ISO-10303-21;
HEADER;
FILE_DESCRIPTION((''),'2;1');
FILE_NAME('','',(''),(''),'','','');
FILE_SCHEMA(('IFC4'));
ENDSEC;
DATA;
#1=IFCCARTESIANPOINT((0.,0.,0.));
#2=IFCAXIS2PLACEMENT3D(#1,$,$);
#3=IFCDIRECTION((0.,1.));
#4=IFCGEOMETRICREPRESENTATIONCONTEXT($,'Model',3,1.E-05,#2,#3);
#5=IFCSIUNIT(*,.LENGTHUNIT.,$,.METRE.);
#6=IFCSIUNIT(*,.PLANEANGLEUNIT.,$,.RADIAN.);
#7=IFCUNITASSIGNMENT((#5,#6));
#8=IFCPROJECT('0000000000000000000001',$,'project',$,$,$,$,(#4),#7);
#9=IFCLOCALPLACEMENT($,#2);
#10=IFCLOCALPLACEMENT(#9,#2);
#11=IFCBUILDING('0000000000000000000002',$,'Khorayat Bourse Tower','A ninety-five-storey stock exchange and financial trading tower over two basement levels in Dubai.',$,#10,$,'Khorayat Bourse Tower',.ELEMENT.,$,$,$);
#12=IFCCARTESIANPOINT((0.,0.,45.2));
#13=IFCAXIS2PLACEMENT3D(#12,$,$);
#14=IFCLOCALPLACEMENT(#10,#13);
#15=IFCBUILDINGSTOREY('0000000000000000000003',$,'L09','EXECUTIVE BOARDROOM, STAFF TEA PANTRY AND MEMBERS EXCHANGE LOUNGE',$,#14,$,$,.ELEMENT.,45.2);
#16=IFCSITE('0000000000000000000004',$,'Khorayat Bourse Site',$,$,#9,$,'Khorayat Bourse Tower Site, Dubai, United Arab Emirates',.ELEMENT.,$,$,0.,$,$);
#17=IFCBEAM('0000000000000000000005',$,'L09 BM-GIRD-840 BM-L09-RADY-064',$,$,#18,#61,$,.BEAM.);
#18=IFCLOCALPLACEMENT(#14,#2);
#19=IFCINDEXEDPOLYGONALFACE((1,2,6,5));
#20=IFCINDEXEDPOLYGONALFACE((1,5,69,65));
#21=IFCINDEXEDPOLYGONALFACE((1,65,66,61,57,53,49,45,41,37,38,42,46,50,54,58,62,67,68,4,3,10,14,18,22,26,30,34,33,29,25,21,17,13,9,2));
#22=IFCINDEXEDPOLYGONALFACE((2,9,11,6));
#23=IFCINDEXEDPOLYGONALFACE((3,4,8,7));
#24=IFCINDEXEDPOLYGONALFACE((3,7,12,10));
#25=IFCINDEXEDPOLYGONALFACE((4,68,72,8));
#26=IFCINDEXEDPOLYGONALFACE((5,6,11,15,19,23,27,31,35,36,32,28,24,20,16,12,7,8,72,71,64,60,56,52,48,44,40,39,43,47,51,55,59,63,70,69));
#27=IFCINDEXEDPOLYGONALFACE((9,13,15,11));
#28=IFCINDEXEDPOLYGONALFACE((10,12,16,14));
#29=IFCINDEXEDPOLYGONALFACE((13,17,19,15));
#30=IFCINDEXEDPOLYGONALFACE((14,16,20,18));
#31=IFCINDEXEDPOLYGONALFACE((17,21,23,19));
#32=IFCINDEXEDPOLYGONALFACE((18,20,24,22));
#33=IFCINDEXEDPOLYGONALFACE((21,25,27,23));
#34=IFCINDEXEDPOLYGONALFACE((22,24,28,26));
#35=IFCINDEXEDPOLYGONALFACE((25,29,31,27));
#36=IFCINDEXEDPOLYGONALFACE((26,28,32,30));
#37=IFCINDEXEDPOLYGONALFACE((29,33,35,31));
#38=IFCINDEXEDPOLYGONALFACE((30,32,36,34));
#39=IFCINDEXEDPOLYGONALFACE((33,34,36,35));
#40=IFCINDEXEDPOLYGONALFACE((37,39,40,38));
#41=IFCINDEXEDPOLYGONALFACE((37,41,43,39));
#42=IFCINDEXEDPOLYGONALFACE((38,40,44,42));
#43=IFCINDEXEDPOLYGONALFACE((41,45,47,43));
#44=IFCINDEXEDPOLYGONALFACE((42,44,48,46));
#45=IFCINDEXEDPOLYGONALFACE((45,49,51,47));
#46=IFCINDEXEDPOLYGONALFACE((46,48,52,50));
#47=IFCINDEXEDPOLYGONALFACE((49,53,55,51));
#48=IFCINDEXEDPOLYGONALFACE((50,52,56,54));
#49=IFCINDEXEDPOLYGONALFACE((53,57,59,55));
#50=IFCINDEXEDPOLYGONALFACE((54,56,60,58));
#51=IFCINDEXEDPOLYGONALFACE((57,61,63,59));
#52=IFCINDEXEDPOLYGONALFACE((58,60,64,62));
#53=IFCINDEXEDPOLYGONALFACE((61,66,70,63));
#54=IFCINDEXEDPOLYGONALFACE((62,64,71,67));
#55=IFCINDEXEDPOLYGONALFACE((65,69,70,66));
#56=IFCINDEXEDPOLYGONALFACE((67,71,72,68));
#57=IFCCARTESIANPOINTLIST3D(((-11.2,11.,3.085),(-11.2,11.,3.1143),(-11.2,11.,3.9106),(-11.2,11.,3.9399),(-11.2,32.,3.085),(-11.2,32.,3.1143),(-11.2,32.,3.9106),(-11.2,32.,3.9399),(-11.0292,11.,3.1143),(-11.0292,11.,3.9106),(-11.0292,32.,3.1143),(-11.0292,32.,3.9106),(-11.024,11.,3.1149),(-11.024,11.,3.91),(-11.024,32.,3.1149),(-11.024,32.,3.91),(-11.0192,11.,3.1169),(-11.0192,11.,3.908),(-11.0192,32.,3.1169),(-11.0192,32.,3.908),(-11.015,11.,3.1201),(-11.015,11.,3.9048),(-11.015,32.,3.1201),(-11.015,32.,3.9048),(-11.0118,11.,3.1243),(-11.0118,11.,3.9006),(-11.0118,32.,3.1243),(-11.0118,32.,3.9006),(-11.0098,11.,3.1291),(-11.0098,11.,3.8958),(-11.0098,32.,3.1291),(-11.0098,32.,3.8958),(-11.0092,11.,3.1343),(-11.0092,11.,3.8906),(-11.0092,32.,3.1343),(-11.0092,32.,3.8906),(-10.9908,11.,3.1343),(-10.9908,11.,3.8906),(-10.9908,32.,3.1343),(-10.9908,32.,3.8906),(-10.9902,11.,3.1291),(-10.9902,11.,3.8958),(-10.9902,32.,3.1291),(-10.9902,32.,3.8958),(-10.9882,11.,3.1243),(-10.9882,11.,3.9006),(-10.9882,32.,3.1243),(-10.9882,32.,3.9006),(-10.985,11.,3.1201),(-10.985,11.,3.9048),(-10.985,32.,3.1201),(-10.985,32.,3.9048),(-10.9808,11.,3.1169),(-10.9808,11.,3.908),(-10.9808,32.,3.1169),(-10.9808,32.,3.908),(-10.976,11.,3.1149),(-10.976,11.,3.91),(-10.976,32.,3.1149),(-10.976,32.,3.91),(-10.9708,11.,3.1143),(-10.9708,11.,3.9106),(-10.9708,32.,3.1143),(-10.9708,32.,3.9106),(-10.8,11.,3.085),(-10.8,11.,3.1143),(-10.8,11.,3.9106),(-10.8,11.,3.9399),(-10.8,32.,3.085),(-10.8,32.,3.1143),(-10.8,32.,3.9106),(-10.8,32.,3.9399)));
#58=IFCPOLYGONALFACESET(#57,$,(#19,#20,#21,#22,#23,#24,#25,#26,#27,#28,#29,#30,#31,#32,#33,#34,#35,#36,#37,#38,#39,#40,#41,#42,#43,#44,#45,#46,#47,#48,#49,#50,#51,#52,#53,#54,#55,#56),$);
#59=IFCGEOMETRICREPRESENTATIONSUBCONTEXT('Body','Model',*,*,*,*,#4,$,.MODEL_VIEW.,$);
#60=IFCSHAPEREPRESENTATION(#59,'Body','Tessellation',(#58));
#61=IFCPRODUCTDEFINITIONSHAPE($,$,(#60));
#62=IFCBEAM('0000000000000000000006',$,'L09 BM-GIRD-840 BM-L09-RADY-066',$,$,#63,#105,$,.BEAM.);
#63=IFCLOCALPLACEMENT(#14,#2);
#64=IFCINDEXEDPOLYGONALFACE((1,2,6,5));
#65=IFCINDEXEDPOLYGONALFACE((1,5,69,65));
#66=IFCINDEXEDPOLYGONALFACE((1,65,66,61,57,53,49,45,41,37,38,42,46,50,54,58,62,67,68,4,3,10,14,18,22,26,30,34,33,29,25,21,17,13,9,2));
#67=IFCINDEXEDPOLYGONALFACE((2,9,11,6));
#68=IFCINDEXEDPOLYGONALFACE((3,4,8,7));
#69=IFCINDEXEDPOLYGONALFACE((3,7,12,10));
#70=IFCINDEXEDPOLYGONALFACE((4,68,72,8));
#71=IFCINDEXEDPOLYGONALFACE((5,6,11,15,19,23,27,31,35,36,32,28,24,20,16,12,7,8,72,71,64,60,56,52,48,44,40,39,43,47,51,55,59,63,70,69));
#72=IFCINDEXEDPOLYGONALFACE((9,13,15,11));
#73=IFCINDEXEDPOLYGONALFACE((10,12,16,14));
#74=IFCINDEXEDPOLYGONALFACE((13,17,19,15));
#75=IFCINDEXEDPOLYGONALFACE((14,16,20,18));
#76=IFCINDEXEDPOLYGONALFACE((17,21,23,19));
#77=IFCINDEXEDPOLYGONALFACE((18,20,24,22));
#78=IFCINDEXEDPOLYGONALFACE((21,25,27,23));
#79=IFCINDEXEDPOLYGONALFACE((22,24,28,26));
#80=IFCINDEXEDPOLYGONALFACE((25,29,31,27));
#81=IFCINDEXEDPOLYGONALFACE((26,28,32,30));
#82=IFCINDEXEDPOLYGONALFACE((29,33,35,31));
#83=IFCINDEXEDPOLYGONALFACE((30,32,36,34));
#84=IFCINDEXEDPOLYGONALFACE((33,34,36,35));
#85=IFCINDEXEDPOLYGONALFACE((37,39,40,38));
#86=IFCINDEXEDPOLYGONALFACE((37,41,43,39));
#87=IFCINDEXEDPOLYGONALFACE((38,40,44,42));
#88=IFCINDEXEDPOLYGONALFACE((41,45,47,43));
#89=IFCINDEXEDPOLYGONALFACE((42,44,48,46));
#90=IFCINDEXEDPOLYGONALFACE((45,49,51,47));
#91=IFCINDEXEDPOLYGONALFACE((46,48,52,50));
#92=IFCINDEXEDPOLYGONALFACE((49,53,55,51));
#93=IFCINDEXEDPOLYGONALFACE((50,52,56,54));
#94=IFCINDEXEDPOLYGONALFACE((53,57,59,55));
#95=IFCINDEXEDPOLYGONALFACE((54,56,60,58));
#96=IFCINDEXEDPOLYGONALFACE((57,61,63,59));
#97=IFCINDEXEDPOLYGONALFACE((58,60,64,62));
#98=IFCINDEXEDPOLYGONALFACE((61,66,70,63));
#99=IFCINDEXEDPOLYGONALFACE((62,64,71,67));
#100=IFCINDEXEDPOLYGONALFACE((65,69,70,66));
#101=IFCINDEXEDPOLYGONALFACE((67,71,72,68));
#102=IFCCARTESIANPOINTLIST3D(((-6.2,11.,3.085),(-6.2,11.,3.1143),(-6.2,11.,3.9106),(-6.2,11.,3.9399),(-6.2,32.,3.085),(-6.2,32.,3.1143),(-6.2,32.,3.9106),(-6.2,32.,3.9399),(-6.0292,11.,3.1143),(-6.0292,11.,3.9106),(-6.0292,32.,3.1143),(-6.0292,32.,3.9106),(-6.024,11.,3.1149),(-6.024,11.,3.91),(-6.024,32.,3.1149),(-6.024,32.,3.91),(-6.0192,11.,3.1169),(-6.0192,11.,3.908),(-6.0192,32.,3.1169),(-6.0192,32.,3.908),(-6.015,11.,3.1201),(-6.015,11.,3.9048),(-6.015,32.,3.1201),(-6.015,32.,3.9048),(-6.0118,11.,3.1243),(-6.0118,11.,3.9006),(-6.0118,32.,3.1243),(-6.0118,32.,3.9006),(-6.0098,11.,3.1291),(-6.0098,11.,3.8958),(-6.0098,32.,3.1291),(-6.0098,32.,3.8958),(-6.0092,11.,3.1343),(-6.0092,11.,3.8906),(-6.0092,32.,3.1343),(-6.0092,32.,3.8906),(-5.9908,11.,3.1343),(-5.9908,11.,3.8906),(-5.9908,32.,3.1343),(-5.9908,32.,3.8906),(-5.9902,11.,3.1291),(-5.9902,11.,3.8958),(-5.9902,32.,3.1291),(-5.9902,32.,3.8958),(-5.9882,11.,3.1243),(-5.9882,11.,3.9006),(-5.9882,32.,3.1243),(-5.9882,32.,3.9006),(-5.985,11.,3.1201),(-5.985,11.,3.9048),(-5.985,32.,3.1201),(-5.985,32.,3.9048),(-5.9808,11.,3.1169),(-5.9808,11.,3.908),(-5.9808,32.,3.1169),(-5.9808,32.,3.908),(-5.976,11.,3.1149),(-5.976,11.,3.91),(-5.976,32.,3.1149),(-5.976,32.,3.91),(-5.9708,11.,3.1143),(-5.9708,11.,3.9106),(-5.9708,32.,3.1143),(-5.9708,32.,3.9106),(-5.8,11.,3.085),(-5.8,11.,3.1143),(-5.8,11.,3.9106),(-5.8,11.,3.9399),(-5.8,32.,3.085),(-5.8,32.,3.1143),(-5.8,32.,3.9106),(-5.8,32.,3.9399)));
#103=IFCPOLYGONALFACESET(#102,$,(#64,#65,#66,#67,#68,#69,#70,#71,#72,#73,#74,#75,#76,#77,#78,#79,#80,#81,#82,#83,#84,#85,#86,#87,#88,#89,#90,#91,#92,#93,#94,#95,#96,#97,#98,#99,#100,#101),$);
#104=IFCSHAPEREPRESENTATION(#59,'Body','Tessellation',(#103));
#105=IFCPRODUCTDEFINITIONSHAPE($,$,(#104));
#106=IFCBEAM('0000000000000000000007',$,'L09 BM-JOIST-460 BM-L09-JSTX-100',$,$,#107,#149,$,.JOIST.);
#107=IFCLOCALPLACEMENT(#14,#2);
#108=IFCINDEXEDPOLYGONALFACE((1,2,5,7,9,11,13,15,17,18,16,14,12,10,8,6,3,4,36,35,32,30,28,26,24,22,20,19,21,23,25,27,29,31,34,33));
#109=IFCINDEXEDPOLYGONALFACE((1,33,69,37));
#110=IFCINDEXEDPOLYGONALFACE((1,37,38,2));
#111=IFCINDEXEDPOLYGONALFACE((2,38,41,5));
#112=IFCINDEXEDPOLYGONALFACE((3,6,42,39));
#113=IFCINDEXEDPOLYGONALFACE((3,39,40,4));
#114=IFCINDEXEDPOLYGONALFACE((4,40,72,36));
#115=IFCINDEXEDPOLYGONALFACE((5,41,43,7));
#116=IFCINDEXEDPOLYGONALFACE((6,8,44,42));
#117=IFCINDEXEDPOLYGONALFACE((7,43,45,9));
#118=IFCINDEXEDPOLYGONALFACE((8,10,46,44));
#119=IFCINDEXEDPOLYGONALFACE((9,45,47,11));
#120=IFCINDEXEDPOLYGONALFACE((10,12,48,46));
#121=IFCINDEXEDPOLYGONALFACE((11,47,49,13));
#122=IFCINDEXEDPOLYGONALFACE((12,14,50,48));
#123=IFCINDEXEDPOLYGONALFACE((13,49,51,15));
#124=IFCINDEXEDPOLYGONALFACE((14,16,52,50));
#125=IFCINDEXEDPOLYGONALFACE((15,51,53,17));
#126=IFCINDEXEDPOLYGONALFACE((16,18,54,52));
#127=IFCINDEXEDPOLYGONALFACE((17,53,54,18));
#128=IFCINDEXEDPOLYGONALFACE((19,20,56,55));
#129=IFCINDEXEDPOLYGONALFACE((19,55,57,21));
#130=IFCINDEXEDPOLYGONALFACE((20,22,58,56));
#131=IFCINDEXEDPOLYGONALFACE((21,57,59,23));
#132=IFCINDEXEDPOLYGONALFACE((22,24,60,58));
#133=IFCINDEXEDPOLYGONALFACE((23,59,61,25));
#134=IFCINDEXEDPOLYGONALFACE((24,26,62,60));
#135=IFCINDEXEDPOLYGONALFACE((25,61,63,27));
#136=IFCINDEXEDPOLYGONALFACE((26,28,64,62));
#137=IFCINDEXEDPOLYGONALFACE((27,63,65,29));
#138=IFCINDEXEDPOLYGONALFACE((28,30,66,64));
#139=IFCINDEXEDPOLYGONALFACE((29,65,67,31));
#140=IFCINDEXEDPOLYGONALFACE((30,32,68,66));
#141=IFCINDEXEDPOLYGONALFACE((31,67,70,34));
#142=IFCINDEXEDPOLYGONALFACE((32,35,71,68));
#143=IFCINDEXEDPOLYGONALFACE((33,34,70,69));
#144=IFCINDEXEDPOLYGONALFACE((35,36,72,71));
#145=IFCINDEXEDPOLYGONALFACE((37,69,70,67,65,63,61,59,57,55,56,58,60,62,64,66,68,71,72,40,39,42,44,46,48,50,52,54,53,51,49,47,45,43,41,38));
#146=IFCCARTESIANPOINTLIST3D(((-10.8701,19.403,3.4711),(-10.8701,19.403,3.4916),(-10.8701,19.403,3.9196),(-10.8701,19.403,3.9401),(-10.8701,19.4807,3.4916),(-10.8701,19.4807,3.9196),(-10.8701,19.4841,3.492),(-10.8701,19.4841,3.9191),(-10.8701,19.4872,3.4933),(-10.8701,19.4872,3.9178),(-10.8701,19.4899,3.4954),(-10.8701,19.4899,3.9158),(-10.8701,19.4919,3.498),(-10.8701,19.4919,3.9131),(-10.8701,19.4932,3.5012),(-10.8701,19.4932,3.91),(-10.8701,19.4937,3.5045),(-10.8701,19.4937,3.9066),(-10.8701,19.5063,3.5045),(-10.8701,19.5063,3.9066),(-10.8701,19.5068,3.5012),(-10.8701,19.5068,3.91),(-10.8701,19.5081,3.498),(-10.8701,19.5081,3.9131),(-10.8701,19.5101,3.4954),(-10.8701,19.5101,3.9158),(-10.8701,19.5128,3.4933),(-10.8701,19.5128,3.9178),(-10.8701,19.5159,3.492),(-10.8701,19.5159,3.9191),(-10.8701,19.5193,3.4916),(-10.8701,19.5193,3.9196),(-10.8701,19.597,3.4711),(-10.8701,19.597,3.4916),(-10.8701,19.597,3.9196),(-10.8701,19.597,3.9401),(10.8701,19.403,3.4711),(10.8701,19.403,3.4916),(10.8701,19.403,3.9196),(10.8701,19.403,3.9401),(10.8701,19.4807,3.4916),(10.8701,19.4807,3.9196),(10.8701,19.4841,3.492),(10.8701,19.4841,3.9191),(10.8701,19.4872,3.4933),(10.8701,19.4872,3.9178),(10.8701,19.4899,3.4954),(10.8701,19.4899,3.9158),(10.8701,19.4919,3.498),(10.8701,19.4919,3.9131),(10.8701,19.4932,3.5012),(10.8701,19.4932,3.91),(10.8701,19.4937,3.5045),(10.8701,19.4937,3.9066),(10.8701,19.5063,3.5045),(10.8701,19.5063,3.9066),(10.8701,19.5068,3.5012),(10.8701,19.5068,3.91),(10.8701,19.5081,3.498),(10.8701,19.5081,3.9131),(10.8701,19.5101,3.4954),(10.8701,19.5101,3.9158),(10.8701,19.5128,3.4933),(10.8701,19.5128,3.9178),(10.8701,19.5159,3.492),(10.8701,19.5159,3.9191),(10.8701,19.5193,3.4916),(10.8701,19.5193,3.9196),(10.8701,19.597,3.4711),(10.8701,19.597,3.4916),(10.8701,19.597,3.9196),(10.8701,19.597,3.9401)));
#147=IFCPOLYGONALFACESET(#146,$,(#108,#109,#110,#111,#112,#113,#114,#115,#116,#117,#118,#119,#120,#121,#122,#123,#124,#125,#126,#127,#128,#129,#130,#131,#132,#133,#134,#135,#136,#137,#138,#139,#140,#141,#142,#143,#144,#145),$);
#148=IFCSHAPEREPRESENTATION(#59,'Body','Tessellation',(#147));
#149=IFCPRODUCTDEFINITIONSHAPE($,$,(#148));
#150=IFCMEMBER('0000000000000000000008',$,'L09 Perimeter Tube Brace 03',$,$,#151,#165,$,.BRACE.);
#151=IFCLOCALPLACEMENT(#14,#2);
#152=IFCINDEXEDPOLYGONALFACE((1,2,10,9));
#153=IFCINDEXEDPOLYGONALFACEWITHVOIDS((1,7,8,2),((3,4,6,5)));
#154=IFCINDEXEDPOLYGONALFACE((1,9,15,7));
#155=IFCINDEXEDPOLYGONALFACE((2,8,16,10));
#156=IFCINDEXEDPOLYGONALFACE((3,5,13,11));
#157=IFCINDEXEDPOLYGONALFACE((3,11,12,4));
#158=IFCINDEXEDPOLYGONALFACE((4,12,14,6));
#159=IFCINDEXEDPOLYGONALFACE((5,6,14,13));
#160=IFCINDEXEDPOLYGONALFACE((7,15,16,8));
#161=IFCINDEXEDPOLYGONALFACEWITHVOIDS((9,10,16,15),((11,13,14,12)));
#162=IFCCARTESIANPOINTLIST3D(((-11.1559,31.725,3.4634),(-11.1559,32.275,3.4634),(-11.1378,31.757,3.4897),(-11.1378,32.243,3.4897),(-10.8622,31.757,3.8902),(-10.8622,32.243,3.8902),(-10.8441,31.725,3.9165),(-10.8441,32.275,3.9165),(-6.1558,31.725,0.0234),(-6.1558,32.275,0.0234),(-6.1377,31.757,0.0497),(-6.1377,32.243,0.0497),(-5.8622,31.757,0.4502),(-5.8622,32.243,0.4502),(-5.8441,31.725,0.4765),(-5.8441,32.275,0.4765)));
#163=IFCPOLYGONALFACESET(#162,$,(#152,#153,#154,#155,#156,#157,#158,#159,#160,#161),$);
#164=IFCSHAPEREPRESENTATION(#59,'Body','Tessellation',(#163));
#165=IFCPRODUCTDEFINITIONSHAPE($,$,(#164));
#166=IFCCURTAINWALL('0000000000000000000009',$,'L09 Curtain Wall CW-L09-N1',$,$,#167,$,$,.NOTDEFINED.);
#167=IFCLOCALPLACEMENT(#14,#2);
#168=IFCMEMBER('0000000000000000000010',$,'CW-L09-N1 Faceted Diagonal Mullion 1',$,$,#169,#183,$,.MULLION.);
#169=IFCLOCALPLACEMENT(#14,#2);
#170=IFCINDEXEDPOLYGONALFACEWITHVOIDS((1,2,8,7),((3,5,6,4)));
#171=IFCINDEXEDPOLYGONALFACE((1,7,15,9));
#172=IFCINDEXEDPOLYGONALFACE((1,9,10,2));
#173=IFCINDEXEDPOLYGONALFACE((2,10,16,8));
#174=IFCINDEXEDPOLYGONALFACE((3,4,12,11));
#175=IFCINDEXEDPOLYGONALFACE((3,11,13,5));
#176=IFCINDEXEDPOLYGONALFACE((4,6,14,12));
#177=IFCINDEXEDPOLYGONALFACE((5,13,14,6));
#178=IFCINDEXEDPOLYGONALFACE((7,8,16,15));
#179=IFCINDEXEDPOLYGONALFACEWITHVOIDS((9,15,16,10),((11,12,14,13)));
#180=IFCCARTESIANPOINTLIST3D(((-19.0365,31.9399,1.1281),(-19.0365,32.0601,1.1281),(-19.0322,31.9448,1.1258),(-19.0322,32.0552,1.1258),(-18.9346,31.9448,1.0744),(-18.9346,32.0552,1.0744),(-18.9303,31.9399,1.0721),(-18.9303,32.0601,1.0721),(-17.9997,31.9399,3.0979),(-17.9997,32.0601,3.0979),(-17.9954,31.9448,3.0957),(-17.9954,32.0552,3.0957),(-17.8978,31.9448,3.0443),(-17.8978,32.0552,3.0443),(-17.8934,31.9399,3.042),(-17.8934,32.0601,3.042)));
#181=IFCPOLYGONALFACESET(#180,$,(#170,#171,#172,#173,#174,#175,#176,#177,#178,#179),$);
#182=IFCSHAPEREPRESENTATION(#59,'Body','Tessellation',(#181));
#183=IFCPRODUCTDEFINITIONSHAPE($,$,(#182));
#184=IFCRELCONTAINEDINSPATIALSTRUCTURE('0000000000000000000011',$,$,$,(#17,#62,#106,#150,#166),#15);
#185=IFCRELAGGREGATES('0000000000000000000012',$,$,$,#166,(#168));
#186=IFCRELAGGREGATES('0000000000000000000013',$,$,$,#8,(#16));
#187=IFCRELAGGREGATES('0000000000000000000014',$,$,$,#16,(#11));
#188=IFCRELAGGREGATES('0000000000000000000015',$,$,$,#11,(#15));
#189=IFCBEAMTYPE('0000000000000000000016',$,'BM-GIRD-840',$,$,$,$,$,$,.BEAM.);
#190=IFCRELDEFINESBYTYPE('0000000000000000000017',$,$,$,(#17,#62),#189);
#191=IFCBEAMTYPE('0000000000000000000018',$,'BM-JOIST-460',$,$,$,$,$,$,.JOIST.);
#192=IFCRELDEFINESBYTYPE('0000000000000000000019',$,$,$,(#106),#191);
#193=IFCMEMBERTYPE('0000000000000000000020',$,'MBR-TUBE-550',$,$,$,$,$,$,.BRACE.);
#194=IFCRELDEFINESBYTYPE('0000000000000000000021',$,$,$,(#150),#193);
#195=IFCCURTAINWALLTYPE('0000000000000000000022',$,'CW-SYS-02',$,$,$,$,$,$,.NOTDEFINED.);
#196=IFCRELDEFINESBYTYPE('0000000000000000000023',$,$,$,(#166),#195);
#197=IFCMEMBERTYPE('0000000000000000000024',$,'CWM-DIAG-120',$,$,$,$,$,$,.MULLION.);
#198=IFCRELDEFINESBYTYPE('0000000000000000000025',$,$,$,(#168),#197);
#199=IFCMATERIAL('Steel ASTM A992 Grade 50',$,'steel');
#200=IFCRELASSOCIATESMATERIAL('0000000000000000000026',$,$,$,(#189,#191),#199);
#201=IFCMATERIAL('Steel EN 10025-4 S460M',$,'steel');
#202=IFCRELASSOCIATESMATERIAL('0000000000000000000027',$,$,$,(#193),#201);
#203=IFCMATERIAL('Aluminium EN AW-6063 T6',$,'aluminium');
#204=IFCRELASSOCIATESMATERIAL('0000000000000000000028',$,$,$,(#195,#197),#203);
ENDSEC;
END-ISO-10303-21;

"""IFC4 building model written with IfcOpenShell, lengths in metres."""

from ifc_helpers import new_model, si_unit, direction, frame, origin, origin_2d, place, context, subcontext, project, spatial, hollow_rectangle, i_section, extrude, source, transform, mapped, material, material_profile, profile_set, type_object, element, aggregate, save


model = new_model("IFC4")

# Units and contexts
model_context = context("Model", 3, precision=1e-05, world=origin(), true_north=direction((0.0, 1.0)))
body_context = subcontext(model_context, "Body", "Model", "MODEL_VIEW")
ifc_project = project(units=[si_unit("LENGTHUNIT", "METRE"), si_unit("PLANEANGLEUNIT", "RADIAN")], contexts=[model_context])

# Site, building, storey
site_placement = place(None, origin())
site = spatial("IfcSite", under=ifc_project, at=site_placement, Name="Khorayat Bourse Site", LongName="Khorayat Bourse Tower Site, Dubai, United Arab Emirates", CompositionType="ELEMENT", RefElevation=0.0)
building_placement = place(site_placement, origin())
building = spatial("IfcBuilding", under=site, at=building_placement, Name="Khorayat Bourse Tower", Description="A ninety-five-storey stock exchange and financial trading tower over two basement levels in Dubai.", LongName="Khorayat Bourse Tower", CompositionType="ELEMENT")
storey_placement = place(building_placement, frame((0.0, 0.0, 45.2)))
storey = spatial("IfcBuildingStorey", under=building, at=storey_placement, Name="L09", Description="EXECUTIVE BOARDROOM, STAFF TEA PANTRY AND MEMBERS EXCHANGE LOUNGE", CompositionType="ELEMENT", Elevation=45.2)

# Shared definitions
ifc_material_1 = material(Name="Steel EN 10025-4 S460M", Category="steel")

# Beams
ifc_material_2 = material(Name="Steel ASTM A992 Grade 50", Category="steel")
ifc_material_profile_1 = material_profile(ifc_material_2, i_section(OverallWidth=0.3999, OverallDepth=0.855, WebThickness=0.0183, FlangeThickness=0.0293, FilletRadius=0.02, at=origin_2d()), Name="W840X299")
ifc_profile_set_1 = profile_set([ifc_material_profile_1], Name="Steel ASTM A992 Grade 50")
beam_type_1 = type_object("IfcBeamType", Name="BM-GIRD-840", PredefinedType="BEAM", material=ifc_profile_set_1)
shared_shape_1 = source(origin(), body_context, "Body", "SweptSolid", [
    extrude(i_section(OverallWidth=0.3999, OverallDepth=0.855, WebThickness=0.0183, FlangeThickness=0.0293, FilletRadius=0.02, at=origin_2d()), origin(), (0.0, 0.0, 1.0), 21.0),
])
for number, where, z_axis, x_axis, name in (
    (1, (-11.0, 11.0, 3.5125), (0.0, 1.0, 0.0), (-1.0, 0.0, 0.0), "L09 BM-GIRD-840 BM-L09-RADY-064"),
    (2, (-6.0, 11.0, 3.5125), (0.0, 1.0, 0.0), (-1.0, 0.0, 0.0), "L09 BM-GIRD-840 BM-L09-RADY-066"),
):
    element("IfcBeam", number, at=place(storey_placement, frame(where, z_axis=z_axis, x_axis=x_axis)), inside=storey, type_object=beam_type_1, Name=name, PredefinedType="BEAM", context=body_context, shape_type="MappedRepresentation", body=[
        mapped(shared_shape_1, transform((0.0, 0.0, 0.0), scale=1.0)),
    ])
ifc_material_profile_2 = material_profile(ifc_material_2, i_section(OverallWidth=0.1941, OverallDepth=0.469, WebThickness=0.0127, FlangeThickness=0.0205, FilletRadius=0.0129, at=origin_2d()), Name="W460X106")
ifc_profile_set_2 = profile_set([ifc_material_profile_2], Name="Steel ASTM A992 Grade 50")
beam_type_2 = type_object("IfcBeamType", Name="BM-JOIST-460", PredefinedType="JOIST", material=ifc_profile_set_2)
shared_shape_2 = source(origin(), body_context, "Body", "SweptSolid", [
    extrude(i_section(OverallWidth=0.1941, OverallDepth=0.469, WebThickness=0.0127, FlangeThickness=0.0205, FilletRadius=0.0129, at=origin_2d()), origin(), (0.0, 0.0, 1.0), 21.7402),
])
beam_1_placement = place(storey_placement, frame((-10.8701, 19.5, 3.7056), z_axis=(1.0, 0.0, 0.0), x_axis=(0.0, 1.0, 0.0)))
element("IfcBeam", 3, at=beam_1_placement, inside=storey, type_object=beam_type_2, Name="L09 BM-JOIST-460 BM-L09-JSTX-100", PredefinedType="JOIST", context=body_context, shape_type="MappedRepresentation", body=[
    mapped(shared_shape_2, transform((0.0, 0.0, 0.0), scale=1.0)),
])

# Member
ifc_material_profile_3 = material_profile(ifc_material_1, hollow_rectangle(XDim=0.55, YDim=0.55, WallThickness=0.032, at=origin_2d()), Name="HSS 550x550x32")
ifc_profile_set_3 = profile_set([ifc_material_profile_3], Name="Steel EN 10025-4 S460M")
member_type_1 = type_object("IfcMemberType", Name="MBR-TUBE-550", PredefinedType="BRACE", material=ifc_profile_set_3)
shared_shape_3 = source(origin(), body_context, "Body", "SweptSolid", [
    extrude(hollow_rectangle(XDim=0.55, YDim=0.55, WallThickness=0.032, at=origin_2d()), origin(), (0.0, 0.0, 1.0), 6.0691),
])
member_1_placement = place(storey_placement, frame((-11.0, 32.0, 3.6899), z_axis=(0.823854, 0.0, -0.566802), x_axis=(0.0, 1.0, 0.0)))
element("IfcMember", 4, at=member_1_placement, inside=storey, type_object=member_type_1, Name="L09 Perimeter Tube Brace 03", PredefinedType="BRACE", context=body_context, shape_type="MappedRepresentation", body=[
    mapped(shared_shape_3, transform((0.0, 0.0, 0.0), scale=1.0)),
])

# Curtain wall, member
ifc_material_3 = material(Name="Aluminium EN AW-6063 T6", Category="aluminium")
curtain_wall_type = type_object("IfcCurtainWallType", Name="CW-SYS-02", PredefinedType="NOTDEFINED", material=ifc_material_3)
curtain_wall_placement = place(storey_placement, origin())
curtain_wall = element("IfcCurtainWall", 5, at=curtain_wall_placement, inside=storey, type_object=curtain_wall_type, Name="L09 Curtain Wall CW-L09-N1", PredefinedType="NOTDEFINED")
ifc_material_profile_4 = material_profile(ifc_material_3, hollow_rectangle(XDim=0.1201, YDim=0.1201, WallThickness=0.0049, at=origin_2d()), Name="ALU 120x120x5")
ifc_profile_set_4 = profile_set([ifc_material_profile_4], Name="Aluminium EN AW-6063 T6")
member_type_2 = type_object("IfcMemberType", Name="CWM-DIAG-120", PredefinedType="MULLION", material=ifc_profile_set_4)
shared_shape_4 = source(origin(), body_context, "Body", "SweptSolid", [
    extrude(hollow_rectangle(XDim=0.1201, YDim=0.1201, WallThickness=0.0049, at=origin_2d()), origin(), (0.0, 0.0, 1.0), 2.2261),
])
member_2_placement = place(storey_placement, frame((-18.9834, 32.0, 1.1001), z_axis=(0.46576, 0.0, 0.884911), x_axis=(0.0, 1.0, 0.0)))
member_2 = element("IfcMember", 6, at=member_2_placement, type_object=member_type_2, Name="CW-L09-N1 Faceted Diagonal Mullion 1", PredefinedType="MULLION", context=body_context, shape_type="MappedRepresentation", body=[
    mapped(shared_shape_4, transform((0.0, 0.0, 0.0), scale=1.0)),
])

aggregate(curtain_wall, [member_2])

save(model, "model.ifc")
